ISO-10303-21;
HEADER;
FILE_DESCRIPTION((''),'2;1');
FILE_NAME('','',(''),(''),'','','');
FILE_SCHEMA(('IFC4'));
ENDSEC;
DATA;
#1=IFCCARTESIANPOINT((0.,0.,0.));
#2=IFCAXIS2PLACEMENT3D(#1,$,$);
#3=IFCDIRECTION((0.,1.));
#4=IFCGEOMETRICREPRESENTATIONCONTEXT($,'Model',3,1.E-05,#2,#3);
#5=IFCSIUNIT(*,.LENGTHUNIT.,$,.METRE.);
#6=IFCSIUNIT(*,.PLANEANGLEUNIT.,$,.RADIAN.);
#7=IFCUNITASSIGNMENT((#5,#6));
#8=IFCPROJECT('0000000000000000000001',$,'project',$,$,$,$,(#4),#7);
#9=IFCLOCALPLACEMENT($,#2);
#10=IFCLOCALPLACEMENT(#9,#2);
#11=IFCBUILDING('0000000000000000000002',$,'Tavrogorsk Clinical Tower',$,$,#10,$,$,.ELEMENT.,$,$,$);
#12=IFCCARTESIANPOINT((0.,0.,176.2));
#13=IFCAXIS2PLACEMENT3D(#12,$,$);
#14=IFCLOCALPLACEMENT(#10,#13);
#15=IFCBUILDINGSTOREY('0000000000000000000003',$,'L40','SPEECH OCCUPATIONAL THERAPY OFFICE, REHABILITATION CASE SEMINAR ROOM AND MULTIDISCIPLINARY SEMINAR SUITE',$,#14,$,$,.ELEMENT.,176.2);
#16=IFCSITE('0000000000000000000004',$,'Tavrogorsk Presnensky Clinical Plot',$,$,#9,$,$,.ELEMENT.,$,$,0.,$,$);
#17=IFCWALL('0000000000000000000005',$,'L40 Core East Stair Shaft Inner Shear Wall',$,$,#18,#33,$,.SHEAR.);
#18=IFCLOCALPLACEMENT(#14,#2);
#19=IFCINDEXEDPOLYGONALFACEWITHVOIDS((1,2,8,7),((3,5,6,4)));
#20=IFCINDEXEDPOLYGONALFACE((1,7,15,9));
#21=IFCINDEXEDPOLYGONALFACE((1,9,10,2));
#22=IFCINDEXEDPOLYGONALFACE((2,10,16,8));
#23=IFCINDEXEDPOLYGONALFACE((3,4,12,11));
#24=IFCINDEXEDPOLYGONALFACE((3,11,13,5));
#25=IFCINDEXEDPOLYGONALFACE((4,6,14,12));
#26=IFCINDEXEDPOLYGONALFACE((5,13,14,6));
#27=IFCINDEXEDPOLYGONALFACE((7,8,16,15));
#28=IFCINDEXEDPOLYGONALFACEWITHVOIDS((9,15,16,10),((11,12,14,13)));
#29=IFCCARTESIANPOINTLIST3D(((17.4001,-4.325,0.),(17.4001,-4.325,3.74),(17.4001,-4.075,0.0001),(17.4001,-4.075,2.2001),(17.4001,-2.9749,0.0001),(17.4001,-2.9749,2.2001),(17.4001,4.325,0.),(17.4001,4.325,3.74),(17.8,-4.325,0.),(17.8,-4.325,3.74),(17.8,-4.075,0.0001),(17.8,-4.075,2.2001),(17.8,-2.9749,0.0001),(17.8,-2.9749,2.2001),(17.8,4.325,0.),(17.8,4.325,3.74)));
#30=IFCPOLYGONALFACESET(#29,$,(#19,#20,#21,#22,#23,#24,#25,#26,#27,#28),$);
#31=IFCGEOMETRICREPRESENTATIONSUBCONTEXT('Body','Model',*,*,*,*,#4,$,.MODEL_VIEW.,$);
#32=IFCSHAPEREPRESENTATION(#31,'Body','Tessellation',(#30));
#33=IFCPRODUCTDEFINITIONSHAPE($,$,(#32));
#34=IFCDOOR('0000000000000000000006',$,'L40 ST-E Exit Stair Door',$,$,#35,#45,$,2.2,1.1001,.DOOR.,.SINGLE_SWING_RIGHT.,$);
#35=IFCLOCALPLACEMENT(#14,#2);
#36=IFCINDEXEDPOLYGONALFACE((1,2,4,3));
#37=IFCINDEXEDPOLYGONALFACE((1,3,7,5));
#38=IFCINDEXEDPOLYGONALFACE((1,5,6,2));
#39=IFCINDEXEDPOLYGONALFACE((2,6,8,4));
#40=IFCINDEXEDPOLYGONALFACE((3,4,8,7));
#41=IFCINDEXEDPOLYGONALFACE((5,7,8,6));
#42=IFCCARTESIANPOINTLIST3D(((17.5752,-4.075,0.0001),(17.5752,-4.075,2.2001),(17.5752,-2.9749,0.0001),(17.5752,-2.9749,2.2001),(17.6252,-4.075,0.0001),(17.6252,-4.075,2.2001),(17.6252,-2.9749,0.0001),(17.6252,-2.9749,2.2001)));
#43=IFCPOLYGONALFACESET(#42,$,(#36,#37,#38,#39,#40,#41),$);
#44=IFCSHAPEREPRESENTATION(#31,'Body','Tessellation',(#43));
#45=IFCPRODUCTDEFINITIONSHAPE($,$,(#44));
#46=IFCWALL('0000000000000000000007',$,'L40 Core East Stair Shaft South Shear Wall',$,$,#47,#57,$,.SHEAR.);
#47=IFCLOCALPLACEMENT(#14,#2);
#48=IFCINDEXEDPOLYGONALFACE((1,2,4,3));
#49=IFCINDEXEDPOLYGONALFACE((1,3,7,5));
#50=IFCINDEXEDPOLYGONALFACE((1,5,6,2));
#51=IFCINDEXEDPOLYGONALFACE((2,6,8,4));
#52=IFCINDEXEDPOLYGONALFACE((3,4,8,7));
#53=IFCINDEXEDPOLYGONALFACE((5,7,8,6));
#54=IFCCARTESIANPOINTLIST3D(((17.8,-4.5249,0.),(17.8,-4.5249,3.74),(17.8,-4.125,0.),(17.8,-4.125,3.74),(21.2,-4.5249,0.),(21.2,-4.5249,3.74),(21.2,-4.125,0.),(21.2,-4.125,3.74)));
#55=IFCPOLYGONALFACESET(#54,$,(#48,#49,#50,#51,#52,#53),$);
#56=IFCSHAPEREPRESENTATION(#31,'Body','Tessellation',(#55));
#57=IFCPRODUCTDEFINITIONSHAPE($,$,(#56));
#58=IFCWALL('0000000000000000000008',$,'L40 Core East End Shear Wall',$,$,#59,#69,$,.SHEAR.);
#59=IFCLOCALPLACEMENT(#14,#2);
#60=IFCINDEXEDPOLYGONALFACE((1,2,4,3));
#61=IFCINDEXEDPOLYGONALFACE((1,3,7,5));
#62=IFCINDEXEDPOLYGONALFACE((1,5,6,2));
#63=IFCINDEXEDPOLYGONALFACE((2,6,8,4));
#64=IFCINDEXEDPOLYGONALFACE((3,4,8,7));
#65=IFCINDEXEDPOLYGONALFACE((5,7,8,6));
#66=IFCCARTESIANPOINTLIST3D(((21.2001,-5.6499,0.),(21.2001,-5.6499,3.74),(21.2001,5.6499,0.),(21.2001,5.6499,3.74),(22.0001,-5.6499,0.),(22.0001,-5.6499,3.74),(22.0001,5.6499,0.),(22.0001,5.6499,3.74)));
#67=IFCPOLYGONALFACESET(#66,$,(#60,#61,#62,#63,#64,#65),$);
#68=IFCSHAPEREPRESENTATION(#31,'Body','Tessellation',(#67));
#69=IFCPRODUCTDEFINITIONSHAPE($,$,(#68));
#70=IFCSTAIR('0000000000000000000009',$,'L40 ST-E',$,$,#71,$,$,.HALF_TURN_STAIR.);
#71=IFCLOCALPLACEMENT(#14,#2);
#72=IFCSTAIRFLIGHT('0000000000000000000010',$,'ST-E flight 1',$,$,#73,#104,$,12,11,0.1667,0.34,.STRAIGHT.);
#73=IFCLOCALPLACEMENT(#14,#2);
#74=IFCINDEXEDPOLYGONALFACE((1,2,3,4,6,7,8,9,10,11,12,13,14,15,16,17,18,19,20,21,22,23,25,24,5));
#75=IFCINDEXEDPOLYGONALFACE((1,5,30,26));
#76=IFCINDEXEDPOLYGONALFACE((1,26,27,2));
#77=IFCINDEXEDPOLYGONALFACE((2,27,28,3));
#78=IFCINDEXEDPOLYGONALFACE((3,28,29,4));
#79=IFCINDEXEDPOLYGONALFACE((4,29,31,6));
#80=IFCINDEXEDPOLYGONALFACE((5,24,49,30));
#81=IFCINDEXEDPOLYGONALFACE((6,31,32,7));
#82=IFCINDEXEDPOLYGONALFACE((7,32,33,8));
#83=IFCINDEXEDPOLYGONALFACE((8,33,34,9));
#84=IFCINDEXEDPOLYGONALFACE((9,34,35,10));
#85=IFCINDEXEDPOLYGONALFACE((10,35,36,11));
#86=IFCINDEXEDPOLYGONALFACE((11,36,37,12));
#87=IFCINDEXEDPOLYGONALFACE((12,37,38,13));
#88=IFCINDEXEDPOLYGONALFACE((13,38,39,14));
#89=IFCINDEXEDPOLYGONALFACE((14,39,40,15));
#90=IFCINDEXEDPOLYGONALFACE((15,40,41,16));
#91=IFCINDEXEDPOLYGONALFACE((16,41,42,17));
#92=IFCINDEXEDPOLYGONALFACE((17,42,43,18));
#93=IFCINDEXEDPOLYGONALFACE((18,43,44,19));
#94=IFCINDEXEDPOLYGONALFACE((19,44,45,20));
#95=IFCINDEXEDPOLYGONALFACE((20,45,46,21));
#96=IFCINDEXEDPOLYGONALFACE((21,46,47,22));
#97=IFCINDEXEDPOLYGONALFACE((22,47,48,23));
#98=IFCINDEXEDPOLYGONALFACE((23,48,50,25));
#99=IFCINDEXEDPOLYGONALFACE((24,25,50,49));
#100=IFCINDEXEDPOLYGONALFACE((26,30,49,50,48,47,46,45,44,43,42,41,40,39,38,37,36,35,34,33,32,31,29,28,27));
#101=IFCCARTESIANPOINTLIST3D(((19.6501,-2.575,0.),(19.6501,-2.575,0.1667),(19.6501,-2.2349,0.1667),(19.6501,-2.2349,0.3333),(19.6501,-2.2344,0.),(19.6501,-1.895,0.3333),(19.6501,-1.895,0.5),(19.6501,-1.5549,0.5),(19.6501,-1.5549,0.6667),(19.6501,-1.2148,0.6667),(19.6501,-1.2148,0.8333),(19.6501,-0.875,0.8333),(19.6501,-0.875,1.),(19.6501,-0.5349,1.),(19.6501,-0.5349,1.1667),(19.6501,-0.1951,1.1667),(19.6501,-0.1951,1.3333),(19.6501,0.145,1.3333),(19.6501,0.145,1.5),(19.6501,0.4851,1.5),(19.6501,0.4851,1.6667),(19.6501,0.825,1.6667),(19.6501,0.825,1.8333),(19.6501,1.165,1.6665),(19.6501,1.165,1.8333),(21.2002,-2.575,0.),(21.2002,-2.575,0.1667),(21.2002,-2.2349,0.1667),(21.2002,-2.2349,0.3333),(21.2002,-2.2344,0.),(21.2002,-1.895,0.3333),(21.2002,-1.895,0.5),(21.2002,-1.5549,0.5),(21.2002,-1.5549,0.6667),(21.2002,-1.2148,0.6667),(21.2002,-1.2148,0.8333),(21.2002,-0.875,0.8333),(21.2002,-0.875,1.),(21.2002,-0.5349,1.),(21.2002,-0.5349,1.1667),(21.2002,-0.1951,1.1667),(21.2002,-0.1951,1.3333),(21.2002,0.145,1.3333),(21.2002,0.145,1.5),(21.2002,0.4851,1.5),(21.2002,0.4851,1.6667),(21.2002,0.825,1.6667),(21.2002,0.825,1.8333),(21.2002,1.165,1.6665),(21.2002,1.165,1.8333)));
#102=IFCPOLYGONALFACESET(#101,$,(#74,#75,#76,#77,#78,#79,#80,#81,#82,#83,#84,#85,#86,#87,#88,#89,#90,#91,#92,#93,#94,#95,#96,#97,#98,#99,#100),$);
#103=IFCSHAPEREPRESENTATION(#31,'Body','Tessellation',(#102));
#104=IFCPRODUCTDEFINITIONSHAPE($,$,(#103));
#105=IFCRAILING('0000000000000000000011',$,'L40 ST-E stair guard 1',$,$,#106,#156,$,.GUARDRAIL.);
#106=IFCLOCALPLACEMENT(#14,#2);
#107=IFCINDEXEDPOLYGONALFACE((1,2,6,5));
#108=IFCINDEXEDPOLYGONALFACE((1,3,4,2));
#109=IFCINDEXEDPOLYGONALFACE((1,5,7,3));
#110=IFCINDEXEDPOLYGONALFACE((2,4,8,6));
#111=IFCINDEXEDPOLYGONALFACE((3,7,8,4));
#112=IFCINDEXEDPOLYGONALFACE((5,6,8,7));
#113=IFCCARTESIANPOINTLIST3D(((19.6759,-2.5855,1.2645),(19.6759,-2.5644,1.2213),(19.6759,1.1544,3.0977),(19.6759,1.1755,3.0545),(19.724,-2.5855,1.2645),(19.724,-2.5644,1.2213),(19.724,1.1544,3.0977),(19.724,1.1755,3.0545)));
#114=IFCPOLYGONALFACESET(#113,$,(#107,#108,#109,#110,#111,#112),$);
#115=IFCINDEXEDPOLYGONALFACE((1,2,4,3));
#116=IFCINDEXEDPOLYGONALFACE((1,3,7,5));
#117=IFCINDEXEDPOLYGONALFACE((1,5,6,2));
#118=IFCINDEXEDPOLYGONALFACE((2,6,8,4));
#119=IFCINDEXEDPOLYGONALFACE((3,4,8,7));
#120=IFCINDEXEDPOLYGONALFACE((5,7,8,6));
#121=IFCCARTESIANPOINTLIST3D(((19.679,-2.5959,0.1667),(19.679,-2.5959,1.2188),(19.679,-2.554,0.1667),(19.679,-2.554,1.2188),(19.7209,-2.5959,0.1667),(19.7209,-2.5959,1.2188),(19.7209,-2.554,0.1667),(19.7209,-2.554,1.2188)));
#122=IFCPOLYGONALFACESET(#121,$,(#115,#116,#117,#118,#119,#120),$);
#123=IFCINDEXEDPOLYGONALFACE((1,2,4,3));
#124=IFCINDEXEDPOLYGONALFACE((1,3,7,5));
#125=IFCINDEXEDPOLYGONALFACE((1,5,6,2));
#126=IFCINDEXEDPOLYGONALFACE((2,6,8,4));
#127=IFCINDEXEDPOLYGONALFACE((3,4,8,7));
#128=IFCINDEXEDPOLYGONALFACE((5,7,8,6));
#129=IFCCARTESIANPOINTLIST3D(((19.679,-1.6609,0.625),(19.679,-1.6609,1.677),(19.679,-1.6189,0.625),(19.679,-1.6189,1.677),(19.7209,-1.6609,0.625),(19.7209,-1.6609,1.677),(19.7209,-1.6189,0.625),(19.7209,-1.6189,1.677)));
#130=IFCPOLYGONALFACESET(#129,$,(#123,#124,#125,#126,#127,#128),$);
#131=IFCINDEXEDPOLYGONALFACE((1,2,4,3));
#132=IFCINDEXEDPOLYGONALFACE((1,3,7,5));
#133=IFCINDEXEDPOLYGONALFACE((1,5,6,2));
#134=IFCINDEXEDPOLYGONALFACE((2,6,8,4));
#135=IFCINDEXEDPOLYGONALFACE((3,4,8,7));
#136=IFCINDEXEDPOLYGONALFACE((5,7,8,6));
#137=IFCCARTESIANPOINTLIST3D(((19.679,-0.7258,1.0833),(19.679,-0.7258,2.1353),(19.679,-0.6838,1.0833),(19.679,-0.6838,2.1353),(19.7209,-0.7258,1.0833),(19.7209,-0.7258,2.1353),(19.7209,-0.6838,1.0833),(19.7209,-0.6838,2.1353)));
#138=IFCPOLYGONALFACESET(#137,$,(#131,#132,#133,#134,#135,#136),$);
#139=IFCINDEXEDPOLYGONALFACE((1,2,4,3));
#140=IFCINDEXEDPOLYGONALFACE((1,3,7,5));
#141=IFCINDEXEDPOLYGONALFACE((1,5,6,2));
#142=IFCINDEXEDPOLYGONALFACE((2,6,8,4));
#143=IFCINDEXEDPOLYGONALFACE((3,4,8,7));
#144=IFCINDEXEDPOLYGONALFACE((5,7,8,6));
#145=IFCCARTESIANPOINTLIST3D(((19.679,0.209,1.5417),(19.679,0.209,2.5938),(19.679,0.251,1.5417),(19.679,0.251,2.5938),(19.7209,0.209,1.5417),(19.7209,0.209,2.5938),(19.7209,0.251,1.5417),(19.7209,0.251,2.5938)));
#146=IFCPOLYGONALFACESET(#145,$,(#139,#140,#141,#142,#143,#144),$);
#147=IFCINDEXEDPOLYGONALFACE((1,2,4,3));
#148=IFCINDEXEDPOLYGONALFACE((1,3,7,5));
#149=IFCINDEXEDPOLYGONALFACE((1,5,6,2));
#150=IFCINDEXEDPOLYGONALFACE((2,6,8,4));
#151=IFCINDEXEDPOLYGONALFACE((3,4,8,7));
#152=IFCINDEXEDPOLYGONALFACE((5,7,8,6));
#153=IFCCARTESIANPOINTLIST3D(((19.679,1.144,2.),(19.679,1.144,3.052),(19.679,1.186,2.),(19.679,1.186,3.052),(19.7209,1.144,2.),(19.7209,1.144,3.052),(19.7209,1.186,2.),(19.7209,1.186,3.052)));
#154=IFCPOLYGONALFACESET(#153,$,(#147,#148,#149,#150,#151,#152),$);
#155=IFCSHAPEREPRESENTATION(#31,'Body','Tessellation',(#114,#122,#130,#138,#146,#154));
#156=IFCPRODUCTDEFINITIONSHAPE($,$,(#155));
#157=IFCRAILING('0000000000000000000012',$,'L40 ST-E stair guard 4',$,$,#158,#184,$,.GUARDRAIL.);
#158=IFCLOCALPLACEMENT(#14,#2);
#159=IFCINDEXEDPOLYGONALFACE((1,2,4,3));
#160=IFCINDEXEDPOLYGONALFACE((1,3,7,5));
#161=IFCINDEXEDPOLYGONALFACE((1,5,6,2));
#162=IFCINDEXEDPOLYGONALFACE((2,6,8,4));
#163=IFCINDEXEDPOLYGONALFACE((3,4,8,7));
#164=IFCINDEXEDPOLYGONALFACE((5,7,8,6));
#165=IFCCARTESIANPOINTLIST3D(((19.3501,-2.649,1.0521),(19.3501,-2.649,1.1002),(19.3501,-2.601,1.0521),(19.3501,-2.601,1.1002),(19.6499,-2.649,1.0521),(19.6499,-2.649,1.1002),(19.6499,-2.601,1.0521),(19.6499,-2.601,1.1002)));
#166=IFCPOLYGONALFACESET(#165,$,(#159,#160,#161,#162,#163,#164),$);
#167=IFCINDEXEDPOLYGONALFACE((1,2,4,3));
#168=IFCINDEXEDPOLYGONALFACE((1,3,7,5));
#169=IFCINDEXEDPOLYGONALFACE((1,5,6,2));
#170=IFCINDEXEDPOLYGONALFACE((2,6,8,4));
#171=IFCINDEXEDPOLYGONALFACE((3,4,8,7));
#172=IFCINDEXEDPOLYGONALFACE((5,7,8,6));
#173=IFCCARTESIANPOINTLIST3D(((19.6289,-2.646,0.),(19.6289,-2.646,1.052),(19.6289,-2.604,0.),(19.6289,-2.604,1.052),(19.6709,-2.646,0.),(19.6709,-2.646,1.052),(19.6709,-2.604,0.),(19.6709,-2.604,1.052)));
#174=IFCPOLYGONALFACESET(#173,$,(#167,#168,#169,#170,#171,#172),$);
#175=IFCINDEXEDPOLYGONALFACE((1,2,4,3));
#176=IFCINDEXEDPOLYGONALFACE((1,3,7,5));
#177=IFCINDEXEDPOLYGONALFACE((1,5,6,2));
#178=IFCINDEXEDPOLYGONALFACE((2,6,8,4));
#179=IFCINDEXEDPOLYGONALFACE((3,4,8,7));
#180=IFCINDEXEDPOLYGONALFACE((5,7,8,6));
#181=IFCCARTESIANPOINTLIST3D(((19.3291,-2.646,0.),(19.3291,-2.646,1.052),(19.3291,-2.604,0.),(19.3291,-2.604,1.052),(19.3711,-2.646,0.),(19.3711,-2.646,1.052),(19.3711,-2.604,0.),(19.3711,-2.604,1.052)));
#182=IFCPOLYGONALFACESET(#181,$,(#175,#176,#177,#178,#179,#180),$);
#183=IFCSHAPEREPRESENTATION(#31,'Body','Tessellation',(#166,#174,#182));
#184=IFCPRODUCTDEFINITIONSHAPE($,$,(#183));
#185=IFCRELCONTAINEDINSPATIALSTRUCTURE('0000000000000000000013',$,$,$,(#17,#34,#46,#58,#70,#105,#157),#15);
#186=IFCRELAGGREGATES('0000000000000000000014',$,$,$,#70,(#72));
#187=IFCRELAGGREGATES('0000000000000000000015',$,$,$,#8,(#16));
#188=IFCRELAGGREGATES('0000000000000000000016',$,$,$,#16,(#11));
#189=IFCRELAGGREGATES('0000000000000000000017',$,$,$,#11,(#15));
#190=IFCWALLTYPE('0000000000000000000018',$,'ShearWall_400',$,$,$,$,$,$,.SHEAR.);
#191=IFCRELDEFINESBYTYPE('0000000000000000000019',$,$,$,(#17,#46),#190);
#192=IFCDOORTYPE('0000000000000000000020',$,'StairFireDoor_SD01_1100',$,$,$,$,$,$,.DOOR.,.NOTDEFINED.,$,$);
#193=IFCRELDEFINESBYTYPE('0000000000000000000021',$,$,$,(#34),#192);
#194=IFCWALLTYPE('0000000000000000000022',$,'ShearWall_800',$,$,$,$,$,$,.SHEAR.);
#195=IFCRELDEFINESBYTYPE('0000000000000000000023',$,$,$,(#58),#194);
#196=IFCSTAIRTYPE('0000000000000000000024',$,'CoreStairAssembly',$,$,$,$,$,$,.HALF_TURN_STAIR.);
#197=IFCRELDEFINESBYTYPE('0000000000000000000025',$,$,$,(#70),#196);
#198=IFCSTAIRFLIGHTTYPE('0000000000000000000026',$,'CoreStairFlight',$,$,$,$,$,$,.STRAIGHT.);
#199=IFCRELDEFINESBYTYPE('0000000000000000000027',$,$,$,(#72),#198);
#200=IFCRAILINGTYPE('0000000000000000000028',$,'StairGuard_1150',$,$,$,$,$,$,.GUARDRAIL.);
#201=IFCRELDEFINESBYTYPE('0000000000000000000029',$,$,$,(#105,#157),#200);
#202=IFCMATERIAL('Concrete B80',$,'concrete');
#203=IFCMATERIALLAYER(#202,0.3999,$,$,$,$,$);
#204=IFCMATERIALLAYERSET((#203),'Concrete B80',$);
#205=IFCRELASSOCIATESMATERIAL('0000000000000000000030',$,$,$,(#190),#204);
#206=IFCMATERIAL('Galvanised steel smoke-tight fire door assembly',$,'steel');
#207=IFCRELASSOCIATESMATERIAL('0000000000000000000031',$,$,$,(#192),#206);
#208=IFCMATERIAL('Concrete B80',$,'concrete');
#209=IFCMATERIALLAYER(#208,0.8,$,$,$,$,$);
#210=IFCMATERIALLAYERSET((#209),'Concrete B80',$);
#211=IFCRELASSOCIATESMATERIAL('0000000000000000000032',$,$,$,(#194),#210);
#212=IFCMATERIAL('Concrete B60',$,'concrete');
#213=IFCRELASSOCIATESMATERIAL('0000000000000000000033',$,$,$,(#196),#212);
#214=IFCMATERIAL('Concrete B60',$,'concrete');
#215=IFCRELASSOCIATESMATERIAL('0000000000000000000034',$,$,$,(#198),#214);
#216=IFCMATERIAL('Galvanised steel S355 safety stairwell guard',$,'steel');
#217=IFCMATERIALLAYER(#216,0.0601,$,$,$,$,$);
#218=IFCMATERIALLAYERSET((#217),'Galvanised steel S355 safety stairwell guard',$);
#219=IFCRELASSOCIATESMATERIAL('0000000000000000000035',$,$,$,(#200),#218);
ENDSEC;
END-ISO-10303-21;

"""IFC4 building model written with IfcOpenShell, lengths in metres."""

from ifc_helpers import new_model, si_unit, direction, frame, frame_2d, origin, origin_2d, place, context, subcontext, project, spatial, polyline, rectangle, outline, extrude, material, layer, layer_set, type_object, element, fill, aggregate, save


model = new_model("IFC4")

# Units and contexts
model_context = context("Model", 3, precision=1e-05, world=origin(), true_north=direction((0.0, 1.0)))
body_context = subcontext(model_context, "Body", "Model", "MODEL_VIEW")
ifc_project = project(units=[si_unit("LENGTHUNIT", "METRE"), si_unit("PLANEANGLEUNIT", "RADIAN")], contexts=[model_context])

# Site, building, storey
site_placement = place(None, origin())
site = spatial("IfcSite", under=ifc_project, at=site_placement, Name="Tavrogorsk Presnensky Clinical Plot", CompositionType="ELEMENT", RefElevation=0.0)
building_placement = place(site_placement, origin())
building = spatial("IfcBuilding", under=site, at=building_placement, Name="Tavrogorsk Clinical Tower", CompositionType="ELEMENT")
storey_placement = place(building_placement, frame((0.0, 0.0, 176.2)))
storey = spatial("IfcBuildingStorey", under=building, at=storey_placement, Name="L40", Description="SPEECH OCCUPATIONAL THERAPY OFFICE, REHABILITATION CASE SEMINAR ROOM AND MULTIDISCIPLINARY SEMINAR SUITE", CompositionType="ELEMENT", Elevation=176.2)

# Wall, opening, door
ifc_material_1 = material(Name="Concrete B80", Category="concrete")
ifc_layer_1 = layer(ifc_material_1, 0.3999)
ifc_layer_set_1 = layer_set([ifc_layer_1], Name="Concrete B80")
wall_type_1 = type_object("IfcWallType", Name="ShearWall_400", PredefinedType="SHEAR", material=ifc_layer_set_1)
wall_1_placement = place(storey_placement, frame((17.6001, -4.325, 0.0), z_axis=(0.0, 0.0, 1.0), x_axis=(0.0, 1.0, 0.0)))
wall_1 = element("IfcWall", 1, at=wall_1_placement, inside=storey, type_object=wall_type_1, Name="L40 Core East Stair Shaft Inner Shear Wall", PredefinedType="SHEAR", context=body_context, shape_type="SweptSolid", body=[
    extrude(rectangle(XDim=8.6499, YDim=0.3999, at=frame_2d((4.325, 0.0))), origin(), (0.0, 0.0, 1.0), 3.74),
])
opening_1_placement = place(wall_1_placement, frame((0.25, 0.0, 0.0)))
opening_1 = element("IfcOpeningElement", 2, at=opening_1_placement, cuts=wall_1, PredefinedType="OPENING", context=body_context, shape_type="SweptSolid", body=[
    extrude(rectangle(XDim=1.1001, YDim=2.2, at=frame_2d((0.55, 1.1001))), frame((0.0, 0.21, 0.0), z_axis=(0.0, -1.0, 0.0), x_axis=(1.0, 0.0, 0.0)), (0.0, 0.0, 1.0), 0.4199),
])
ifc_material_2 = material(Name="Galvanised steel smoke-tight fire door assembly", Category="steel")
door_type_1 = type_object("IfcDoorType", Name="StairFireDoor_SD01_1100", OperationType="NOTDEFINED", PredefinedType="DOOR", material=ifc_material_2)
door_1_placement = place(opening_1_placement, origin())
door_1 = element("IfcDoor", 3, at=door_1_placement, inside=storey, type_object=door_type_1, Name="L40 ST-E Exit Stair Door", OperationType="SINGLE_SWING_RIGHT", OverallHeight=2.2, OverallWidth=1.1001, PredefinedType="DOOR", context=body_context, shape_type="SweptSolid", body=[
    extrude(rectangle(XDim=1.1001, YDim=2.2, at=frame_2d((0.55, 1.1001))), frame((0.0, 0.0249, 0.0), z_axis=(0.0, -1.0, 0.0), x_axis=(1.0, 0.0, 0.0)), (0.0, 0.0, 1.0), 0.05),
])
fill(opening_1, door_1)

# Walls
wall_2_placement = place(storey_placement, frame((17.8, -4.325, 0.0), z_axis=(0.0, 0.0, 1.0), x_axis=(1.0, 0.0, 0.0)))
element("IfcWall", 4, at=wall_2_placement, inside=storey, type_object=wall_type_1, Name="L40 Core East Stair Shaft South Shear Wall", PredefinedType="SHEAR", context=body_context, shape_type="SweptSolid", body=[
    extrude(rectangle(XDim=3.3999, YDim=0.3999, at=frame_2d((1.7, 0.0))), origin(), (0.0, 0.0, 1.0), 3.74),
])
ifc_material_3 = material(Name="Concrete B80", Category="concrete")
ifc_layer_2 = layer(ifc_material_3, 0.8)
ifc_layer_set_2 = layer_set([ifc_layer_2], Name="Concrete B80")
wall_type_2 = type_object("IfcWallType", Name="ShearWall_800", PredefinedType="SHEAR", material=ifc_layer_set_2)
wall_3_placement = place(storey_placement, frame((21.6001, -5.6499, 0.0), z_axis=(0.0, 0.0, 1.0), x_axis=(0.0, 1.0, 0.0)))
element("IfcWall", 5, at=wall_3_placement, inside=storey, type_object=wall_type_2, Name="L40 Core East End Shear Wall", PredefinedType="SHEAR", context=body_context, shape_type="SweptSolid", body=[
    extrude(rectangle(XDim=11.2998, YDim=0.8, at=frame_2d((5.6499, 0.0))), origin(), (0.0, 0.0, 1.0), 3.74),
])

# Stair, stair flight
ifc_material_4 = material(Name="Concrete B60", Category="concrete")
stair_type = type_object("IfcStairType", Name="CoreStairAssembly", PredefinedType="HALF_TURN_STAIR", material=ifc_material_4)
stair_placement = place(storey_placement, origin())
stair = element("IfcStair", 6, at=stair_placement, inside=storey, type_object=stair_type, Name="L40 ST-E", PredefinedType="HALF_TURN_STAIR")
ifc_material_5 = material(Name="Concrete B60", Category="concrete")
stair_flight_type = type_object("IfcStairFlightType", Name="CoreStairFlight", PredefinedType="STRAIGHT", material=ifc_material_5)
stair_flight_placement = place(storey_placement, frame((20.425, -2.575, 0.0), z_axis=(0.0, 0.0, 1.0), x_axis=(0.0, 1.0, 0.0)))
stair_flight = element("IfcStairFlight", 7, at=stair_flight_placement, type_object=stair_flight_type, Name="ST-E flight 1", NumberOfRisers=12, NumberOfTreads=11, PredefinedType="STRAIGHT", RiserHeight=0.1667, TreadLength=0.34, context=body_context, shape_type="SweptSolid", body=[
    extrude(outline(polyline([(0.0, 0.0), (0.0, 0.1667), (0.3401, 0.1667), (0.3401, 0.3333), (0.6799, 0.3333), (0.6799, 0.5), (1.02, 0.5), (1.02, 0.6667), (1.3601, 0.6667), (1.3601, 0.8333), (1.7, 0.8333), (1.7, 1.0), (2.04, 1.0), (2.04, 1.1667), (2.3799, 1.1667), (2.3799, 1.3333), (2.72, 1.3333), (2.72, 1.5), (3.0601, 1.5), (3.0601, 1.6667), (3.3999, 1.6667), (3.3999, 1.8333), (3.74, 1.8333), (3.74, 2.0), (3.74, 1.6665), (0.3406, 0.0), (0.0, 0.0)])), frame((0.0, 0.7749, 0.0), z_axis=(0.0, -1.0, 0.0), x_axis=(1.0, 0.0, 0.0)), (0.0, 0.0, 1.0), 1.55),
])
aggregate(stair, [stair_flight])

# Railings
ifc_material_6 = material(Name="Galvanised steel S355 safety stairwell guard", Category="steel")
ifc_layer_3 = layer(ifc_material_6, 0.0601)
ifc_layer_set_3 = layer_set([ifc_layer_3], Name="Galvanised steel S355 safety stairwell guard")
railing_type_1 = type_object("IfcRailingType", Name="StairGuard_1150", PredefinedType="GUARDRAIL", material=ifc_layer_set_3)
railing_1_placement = place(storey_placement, frame((19.7, -2.575, 0.1667)))
element("IfcRailing", 8, at=railing_1_placement, inside=storey, type_object=railing_type_1, Name="L40 ST-E stair guard 1", PredefinedType="GUARDRAIL", context=body_context, shape_type="SweptSolid", body=[
    extrude(rectangle(XDim=0.0481, YDim=0.0481, at=origin_2d()), frame((0.0, 0.0, 1.0762), z_axis=(0.0, 0.897928, 0.440142), x_axis=(-1.0, 0.0, 0.0)), (0.0, 0.0, 1.0), 4.165),
    extrude(rectangle(XDim=0.042, YDim=0.042, at=origin_2d()), origin(), (0.0, 0.0, 1.0), 1.052),
    extrude(rectangle(XDim=0.042, YDim=0.042, at=origin_2d()), frame((0.0, 0.9351, 0.4583)), (0.0, 0.0, 1.0), 1.052),
    extrude(rectangle(XDim=0.042, YDim=0.042, at=origin_2d()), frame((0.0, 1.8701, 0.9165)), (0.0, 0.0, 1.0), 1.052),
    extrude(rectangle(XDim=0.042, YDim=0.042, at=origin_2d()), frame((0.0, 2.8049, 1.375)), (0.0, 0.0, 1.0), 1.052),
    extrude(rectangle(XDim=0.042, YDim=0.042, at=origin_2d()), frame((0.0, 3.74, 1.8333)), (0.0, 0.0, 1.0), 1.052),
])
railing_2_placement = place(storey_placement, frame((19.6499, -2.625, 0.0)))
element("IfcRailing", 9, at=railing_2_placement, inside=storey, type_object=railing_type_1, Name="L40 ST-E stair guard 4", PredefinedType="GUARDRAIL", context=body_context, shape_type="SweptSolid", body=[
    extrude(rectangle(XDim=0.0481, YDim=0.0481, at=origin_2d()), frame((0.0, 0.0, 1.0762), z_axis=(-1.0, 0.0, 0.0), x_axis=(0.0, -1.0, 0.0)), (0.0, 0.0, 1.0), 0.2998),
    extrude(rectangle(XDim=0.042, YDim=0.042, at=origin_2d()), origin(), (0.0, 0.0, 1.0), 1.052),
    extrude(rectangle(XDim=0.042, YDim=0.042, at=origin_2d()), frame((-0.2998, 0.0, 0.0)), (0.0, 0.0, 1.0), 1.052),
])

save(model, "model.ifc")
